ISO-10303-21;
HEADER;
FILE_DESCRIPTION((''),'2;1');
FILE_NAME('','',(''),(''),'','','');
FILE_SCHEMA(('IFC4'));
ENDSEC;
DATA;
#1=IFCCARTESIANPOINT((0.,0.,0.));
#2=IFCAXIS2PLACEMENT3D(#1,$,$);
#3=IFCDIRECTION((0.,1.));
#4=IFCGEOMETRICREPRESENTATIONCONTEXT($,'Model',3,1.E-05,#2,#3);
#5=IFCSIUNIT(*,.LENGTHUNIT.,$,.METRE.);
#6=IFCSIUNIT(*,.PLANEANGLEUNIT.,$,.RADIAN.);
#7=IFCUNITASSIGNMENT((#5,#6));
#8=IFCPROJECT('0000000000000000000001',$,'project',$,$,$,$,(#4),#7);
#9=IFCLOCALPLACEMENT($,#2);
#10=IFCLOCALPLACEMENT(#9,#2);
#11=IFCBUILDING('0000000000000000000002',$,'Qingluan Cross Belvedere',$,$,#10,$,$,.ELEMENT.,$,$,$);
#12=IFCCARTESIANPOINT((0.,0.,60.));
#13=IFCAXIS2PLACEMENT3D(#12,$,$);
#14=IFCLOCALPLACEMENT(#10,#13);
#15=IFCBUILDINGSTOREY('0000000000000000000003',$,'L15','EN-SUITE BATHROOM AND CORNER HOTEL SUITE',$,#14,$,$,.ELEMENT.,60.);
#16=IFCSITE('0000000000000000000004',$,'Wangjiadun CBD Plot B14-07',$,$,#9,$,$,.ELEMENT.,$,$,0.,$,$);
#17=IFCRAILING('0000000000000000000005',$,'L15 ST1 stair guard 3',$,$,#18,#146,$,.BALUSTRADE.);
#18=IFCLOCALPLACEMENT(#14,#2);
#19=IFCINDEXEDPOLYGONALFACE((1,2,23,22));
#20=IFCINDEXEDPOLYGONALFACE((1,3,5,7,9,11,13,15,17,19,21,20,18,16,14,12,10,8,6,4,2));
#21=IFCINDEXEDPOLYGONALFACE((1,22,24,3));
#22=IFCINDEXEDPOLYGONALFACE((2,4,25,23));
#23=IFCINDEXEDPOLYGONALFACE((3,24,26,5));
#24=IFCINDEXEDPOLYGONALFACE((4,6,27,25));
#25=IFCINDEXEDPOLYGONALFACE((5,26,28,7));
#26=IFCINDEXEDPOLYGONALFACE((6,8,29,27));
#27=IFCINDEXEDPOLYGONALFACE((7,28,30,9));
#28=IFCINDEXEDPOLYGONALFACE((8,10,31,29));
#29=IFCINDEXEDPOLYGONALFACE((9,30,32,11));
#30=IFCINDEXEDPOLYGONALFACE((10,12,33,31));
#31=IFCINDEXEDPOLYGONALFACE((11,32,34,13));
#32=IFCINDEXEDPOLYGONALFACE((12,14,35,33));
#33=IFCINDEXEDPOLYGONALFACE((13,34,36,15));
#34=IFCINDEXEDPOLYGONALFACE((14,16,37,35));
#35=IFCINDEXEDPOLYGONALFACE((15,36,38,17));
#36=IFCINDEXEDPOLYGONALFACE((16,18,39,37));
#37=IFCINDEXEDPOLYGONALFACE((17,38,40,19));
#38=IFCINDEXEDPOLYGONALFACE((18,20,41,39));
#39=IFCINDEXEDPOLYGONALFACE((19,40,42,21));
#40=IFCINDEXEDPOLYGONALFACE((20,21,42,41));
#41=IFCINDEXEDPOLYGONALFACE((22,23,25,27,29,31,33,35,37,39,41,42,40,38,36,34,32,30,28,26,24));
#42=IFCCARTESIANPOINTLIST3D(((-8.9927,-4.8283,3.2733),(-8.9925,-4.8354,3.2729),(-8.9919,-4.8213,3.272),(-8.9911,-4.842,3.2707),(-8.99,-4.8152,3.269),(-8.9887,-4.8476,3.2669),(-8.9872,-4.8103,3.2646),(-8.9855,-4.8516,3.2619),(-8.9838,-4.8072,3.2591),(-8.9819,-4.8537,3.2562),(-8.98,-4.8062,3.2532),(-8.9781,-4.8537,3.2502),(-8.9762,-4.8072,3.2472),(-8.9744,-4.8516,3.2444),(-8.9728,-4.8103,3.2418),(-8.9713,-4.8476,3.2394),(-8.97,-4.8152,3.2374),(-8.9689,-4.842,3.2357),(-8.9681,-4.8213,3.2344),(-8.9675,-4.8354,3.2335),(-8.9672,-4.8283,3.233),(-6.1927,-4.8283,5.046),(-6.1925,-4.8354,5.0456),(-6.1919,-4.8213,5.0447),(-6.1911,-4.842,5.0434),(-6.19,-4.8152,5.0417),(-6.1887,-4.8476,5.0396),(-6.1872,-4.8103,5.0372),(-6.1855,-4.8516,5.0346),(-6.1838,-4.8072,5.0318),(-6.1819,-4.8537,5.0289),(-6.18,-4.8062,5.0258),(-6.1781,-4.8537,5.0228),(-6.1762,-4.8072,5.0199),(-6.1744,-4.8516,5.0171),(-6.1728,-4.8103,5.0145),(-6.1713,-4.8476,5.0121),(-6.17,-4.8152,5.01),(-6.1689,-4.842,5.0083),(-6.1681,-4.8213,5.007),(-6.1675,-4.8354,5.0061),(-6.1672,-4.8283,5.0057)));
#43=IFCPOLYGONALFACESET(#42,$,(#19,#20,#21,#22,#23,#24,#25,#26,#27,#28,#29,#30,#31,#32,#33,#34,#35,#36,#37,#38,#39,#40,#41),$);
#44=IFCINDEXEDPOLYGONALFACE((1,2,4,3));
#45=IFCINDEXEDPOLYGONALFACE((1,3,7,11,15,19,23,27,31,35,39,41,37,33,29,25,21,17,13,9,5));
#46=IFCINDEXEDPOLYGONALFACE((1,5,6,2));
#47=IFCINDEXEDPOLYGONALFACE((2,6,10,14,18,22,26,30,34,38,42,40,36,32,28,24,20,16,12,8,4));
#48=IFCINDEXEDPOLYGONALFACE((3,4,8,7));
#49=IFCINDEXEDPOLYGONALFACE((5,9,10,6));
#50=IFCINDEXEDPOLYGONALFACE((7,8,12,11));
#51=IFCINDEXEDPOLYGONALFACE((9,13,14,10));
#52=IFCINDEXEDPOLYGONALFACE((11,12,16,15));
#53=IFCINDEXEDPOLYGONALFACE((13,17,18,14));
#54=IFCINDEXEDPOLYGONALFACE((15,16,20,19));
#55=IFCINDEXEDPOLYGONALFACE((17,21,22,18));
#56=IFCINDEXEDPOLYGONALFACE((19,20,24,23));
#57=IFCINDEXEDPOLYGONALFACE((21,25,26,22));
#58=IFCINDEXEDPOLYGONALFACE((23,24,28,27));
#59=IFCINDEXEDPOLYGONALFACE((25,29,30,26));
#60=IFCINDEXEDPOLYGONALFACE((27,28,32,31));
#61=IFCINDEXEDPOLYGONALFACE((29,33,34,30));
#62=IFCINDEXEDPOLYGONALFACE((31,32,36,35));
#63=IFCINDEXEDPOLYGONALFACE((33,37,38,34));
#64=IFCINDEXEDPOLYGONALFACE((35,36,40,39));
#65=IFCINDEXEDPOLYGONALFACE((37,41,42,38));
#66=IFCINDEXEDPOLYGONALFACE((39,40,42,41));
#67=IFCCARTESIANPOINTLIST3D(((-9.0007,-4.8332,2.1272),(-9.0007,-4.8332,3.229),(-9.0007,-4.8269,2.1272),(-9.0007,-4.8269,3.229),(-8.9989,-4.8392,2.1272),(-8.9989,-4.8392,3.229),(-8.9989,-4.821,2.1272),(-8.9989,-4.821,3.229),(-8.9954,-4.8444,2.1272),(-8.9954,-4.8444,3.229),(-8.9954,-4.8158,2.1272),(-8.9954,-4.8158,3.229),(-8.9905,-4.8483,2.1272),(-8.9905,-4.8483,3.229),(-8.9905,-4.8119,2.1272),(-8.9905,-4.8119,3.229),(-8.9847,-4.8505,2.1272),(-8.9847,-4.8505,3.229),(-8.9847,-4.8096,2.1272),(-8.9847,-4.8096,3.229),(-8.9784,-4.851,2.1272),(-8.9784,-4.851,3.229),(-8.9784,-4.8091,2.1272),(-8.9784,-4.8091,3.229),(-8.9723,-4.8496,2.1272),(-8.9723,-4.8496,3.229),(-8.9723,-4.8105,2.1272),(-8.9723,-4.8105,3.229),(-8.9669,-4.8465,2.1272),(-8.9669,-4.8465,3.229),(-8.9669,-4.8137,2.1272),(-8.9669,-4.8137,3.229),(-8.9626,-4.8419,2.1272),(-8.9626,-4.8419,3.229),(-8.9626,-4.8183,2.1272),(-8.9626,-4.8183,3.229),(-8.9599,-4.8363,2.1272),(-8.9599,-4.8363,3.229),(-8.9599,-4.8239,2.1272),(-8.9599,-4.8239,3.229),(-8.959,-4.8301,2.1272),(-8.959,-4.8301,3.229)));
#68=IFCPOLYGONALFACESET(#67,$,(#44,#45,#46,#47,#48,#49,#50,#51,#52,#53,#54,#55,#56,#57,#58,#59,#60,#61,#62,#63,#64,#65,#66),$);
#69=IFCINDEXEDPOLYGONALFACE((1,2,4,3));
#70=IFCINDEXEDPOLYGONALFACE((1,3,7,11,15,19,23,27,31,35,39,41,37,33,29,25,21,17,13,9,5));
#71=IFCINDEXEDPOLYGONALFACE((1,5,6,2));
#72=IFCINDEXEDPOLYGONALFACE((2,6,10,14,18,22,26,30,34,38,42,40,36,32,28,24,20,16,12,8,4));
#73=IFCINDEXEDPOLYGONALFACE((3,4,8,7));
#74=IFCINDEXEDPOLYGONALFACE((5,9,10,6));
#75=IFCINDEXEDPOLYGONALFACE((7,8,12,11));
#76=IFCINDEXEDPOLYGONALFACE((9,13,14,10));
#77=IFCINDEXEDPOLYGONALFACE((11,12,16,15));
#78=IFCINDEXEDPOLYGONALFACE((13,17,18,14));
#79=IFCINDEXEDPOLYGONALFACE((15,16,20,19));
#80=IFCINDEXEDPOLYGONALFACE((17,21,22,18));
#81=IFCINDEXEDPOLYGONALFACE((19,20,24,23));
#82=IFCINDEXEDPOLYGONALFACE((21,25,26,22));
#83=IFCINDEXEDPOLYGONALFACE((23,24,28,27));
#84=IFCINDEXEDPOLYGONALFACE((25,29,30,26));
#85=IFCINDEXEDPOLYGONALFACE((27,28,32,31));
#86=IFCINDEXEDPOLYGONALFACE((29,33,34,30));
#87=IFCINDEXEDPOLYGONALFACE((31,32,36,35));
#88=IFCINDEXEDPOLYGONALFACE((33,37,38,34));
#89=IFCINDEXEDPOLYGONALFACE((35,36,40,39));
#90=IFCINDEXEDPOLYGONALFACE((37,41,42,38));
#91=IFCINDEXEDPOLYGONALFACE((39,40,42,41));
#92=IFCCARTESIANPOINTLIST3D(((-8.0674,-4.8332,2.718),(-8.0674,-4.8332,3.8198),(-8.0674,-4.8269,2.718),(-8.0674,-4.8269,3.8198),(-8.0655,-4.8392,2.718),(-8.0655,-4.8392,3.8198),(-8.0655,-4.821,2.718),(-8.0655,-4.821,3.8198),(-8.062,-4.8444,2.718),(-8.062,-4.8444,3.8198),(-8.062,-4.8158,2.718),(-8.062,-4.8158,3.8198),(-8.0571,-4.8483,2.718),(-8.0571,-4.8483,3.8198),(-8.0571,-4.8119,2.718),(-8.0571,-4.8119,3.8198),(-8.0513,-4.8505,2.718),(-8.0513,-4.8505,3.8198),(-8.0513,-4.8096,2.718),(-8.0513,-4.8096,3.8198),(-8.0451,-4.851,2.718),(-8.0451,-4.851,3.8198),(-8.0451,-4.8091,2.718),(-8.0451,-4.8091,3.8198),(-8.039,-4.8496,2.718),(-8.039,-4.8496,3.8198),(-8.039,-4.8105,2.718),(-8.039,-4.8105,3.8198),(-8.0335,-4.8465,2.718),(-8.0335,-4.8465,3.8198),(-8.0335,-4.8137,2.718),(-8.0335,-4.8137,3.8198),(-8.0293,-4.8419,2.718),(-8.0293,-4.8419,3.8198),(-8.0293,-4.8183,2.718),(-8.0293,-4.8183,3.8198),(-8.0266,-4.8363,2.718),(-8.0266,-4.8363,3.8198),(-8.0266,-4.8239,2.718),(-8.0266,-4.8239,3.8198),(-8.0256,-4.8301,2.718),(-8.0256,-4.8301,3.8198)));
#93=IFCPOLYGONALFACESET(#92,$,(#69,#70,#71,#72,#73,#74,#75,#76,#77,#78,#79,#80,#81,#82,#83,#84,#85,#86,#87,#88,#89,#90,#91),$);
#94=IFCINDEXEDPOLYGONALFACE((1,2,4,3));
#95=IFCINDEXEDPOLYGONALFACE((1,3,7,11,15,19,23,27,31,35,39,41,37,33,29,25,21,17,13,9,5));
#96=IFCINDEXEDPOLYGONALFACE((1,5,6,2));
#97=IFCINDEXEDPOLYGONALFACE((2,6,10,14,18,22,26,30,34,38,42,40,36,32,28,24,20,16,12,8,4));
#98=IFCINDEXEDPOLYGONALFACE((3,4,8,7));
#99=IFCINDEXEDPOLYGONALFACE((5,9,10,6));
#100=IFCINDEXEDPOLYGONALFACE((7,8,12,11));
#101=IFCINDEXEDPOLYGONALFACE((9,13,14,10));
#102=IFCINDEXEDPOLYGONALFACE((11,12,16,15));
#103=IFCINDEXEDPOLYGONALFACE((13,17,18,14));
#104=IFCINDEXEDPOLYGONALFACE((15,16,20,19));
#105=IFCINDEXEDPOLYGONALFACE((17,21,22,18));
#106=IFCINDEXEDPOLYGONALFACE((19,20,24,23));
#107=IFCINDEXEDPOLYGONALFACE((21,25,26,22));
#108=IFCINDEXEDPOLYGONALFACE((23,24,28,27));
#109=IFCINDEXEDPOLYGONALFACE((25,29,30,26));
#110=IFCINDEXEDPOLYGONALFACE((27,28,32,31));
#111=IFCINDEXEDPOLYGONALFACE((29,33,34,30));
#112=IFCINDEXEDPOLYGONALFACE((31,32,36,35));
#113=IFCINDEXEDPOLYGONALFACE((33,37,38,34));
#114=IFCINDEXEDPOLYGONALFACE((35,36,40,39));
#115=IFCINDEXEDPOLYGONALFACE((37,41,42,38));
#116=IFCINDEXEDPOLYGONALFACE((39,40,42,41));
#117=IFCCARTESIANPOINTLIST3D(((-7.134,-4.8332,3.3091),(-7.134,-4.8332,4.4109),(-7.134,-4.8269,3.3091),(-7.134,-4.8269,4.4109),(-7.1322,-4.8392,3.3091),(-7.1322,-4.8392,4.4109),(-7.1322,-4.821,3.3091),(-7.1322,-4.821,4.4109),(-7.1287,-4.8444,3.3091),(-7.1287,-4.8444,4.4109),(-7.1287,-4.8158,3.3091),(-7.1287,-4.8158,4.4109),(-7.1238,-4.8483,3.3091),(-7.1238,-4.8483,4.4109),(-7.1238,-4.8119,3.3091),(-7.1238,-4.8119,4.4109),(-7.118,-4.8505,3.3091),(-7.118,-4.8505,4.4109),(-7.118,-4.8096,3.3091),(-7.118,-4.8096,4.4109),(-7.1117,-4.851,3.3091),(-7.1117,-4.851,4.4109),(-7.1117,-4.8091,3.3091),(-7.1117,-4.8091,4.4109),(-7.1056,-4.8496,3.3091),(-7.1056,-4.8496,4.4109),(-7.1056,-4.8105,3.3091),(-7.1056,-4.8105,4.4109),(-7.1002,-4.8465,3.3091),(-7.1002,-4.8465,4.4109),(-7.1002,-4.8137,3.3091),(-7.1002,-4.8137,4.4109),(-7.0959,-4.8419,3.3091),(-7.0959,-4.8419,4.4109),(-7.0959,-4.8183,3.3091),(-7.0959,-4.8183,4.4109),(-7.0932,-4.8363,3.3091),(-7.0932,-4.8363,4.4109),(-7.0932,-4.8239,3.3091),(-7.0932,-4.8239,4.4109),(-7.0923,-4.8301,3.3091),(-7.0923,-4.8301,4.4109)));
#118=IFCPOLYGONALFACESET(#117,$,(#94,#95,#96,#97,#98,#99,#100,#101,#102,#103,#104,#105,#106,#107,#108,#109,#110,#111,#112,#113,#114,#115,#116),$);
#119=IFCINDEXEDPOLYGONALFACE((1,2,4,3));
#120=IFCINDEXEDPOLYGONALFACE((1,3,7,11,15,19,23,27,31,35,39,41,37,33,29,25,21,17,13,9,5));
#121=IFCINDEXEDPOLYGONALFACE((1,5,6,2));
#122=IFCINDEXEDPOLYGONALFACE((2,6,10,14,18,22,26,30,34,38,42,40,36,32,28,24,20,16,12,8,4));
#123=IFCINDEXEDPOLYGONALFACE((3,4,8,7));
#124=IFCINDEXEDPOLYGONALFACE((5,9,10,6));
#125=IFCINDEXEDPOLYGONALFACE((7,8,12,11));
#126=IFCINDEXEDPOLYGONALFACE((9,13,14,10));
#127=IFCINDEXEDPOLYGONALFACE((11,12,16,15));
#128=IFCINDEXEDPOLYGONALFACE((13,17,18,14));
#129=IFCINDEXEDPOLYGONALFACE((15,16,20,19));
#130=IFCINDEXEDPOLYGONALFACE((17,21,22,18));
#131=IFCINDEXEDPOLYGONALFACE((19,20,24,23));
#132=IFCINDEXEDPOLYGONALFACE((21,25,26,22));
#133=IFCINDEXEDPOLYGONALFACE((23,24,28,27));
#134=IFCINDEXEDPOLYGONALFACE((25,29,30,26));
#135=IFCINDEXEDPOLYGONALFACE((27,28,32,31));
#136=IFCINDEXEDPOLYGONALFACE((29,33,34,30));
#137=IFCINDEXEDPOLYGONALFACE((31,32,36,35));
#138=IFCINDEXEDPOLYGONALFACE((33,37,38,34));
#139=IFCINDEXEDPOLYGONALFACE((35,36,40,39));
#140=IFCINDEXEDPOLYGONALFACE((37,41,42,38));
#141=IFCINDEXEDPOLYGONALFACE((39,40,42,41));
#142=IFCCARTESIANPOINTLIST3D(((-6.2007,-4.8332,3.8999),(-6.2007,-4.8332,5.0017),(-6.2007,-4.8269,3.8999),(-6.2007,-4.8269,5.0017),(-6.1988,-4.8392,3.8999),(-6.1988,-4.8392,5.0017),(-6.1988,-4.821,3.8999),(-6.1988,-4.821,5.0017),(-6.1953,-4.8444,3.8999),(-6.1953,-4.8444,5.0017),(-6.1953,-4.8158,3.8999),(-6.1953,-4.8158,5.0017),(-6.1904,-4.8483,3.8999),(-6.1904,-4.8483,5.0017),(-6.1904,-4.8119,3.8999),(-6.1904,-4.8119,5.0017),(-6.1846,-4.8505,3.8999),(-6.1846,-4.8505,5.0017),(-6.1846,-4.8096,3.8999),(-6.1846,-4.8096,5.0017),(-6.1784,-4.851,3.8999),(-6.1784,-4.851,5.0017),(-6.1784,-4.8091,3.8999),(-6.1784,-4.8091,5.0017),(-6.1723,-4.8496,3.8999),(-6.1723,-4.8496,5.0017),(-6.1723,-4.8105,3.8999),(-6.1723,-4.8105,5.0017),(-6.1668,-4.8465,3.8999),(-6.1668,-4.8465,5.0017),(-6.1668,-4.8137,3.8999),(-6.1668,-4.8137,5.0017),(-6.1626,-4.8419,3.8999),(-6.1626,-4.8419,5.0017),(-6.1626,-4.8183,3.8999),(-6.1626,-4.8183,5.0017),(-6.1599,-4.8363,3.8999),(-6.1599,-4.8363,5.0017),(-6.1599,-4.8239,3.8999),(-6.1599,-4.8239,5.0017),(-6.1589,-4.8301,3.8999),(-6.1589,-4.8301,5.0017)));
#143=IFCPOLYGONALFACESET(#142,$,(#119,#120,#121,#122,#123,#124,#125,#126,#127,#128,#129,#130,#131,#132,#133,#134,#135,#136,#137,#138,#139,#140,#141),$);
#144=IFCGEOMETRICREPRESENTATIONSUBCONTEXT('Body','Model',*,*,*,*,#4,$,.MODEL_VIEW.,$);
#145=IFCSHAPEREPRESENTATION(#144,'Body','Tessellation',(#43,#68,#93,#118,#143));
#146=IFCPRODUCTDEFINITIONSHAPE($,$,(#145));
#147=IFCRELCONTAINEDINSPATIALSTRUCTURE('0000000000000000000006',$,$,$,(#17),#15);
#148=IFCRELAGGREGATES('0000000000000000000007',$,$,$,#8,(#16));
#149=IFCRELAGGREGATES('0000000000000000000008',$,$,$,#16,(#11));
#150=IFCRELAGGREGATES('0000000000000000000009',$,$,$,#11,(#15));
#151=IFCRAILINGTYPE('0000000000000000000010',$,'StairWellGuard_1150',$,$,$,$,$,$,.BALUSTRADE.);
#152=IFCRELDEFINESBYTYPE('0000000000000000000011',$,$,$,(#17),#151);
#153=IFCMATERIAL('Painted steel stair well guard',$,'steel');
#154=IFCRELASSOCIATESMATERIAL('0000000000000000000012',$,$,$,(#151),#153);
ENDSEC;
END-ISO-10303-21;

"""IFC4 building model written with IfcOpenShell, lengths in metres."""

from ifc_helpers import new_model, si_unit, direction, frame, origin, origin_2d, place, context, subcontext, project, spatial, circle, extrude, material, type_object, element, save


model = new_model("IFC4")

# Units and contexts
model_context = context("Model", 3, precision=1e-05, world=origin(), true_north=direction((0.0, 1.0)))
body_context = subcontext(model_context, "Body", "Model", "MODEL_VIEW")
ifc_project = project(units=[si_unit("LENGTHUNIT", "METRE"), si_unit("PLANEANGLEUNIT", "RADIAN")], contexts=[model_context])

# Site, building, storey
site_placement = place(None, origin())
site = spatial("IfcSite", under=ifc_project, at=site_placement, Name="Wangjiadun CBD Plot B14-07", CompositionType="ELEMENT", RefElevation=0.0)
building_placement = place(site_placement, origin())
building = spatial("IfcBuilding", under=site, at=building_placement, Name="Qingluan Cross Belvedere", CompositionType="ELEMENT")
storey_placement = place(building_placement, frame((0.0, 0.0, 60.0)))
storey = spatial("IfcBuildingStorey", under=building, at=storey_placement, Name="L15", Description="EN-SUITE BATHROOM AND CORNER HOTEL SUITE", CompositionType="ELEMENT", Elevation=60.0)

# Railing
ifc_material_1 = material(Name="Painted steel stair well guard", Category="steel")
railing_type_1 = type_object("IfcRailingType", Name="StairWellGuard_1150", PredefinedType="BALUSTRADE", material=ifc_material_1)
railing_1_placement = place(storey_placement, frame((-8.98, -4.8301, 2.1272)))
element("IfcRailing", 1, at=railing_1_placement, inside=storey, type_object=railing_type_1, Name="L15 ST1 stair guard 3", PredefinedType="BALUSTRADE", context=body_context, shape_type="SweptSolid", body=[
    extrude(circle(Radius=0.0239, at=origin_2d()), frame((0.0, 0.0, 1.126), z_axis=(0.844909, 0.0, 0.53491), x_axis=(0.0, 1.0, 0.0)), (0.0, 0.0, 1.0), 3.314),
    extrude(circle(Radius=0.021, at=origin_2d()), origin(), (0.0, 0.0, 1.0), 1.1018),
    extrude(circle(Radius=0.021, at=origin_2d()), frame((0.9333, 0.0, 0.5908)), (0.0, 0.0, 1.0), 1.1018),
    extrude(circle(Radius=0.021, at=origin_2d()), frame((1.8667, 0.0, 1.1819)), (0.0, 0.0, 1.0), 1.1018),
    extrude(circle(Radius=0.021, at=origin_2d()), frame((2.8, 0.0, 1.7727)), (0.0, 0.0, 1.0), 1.1018),
])

save(model, "model.ifc")
